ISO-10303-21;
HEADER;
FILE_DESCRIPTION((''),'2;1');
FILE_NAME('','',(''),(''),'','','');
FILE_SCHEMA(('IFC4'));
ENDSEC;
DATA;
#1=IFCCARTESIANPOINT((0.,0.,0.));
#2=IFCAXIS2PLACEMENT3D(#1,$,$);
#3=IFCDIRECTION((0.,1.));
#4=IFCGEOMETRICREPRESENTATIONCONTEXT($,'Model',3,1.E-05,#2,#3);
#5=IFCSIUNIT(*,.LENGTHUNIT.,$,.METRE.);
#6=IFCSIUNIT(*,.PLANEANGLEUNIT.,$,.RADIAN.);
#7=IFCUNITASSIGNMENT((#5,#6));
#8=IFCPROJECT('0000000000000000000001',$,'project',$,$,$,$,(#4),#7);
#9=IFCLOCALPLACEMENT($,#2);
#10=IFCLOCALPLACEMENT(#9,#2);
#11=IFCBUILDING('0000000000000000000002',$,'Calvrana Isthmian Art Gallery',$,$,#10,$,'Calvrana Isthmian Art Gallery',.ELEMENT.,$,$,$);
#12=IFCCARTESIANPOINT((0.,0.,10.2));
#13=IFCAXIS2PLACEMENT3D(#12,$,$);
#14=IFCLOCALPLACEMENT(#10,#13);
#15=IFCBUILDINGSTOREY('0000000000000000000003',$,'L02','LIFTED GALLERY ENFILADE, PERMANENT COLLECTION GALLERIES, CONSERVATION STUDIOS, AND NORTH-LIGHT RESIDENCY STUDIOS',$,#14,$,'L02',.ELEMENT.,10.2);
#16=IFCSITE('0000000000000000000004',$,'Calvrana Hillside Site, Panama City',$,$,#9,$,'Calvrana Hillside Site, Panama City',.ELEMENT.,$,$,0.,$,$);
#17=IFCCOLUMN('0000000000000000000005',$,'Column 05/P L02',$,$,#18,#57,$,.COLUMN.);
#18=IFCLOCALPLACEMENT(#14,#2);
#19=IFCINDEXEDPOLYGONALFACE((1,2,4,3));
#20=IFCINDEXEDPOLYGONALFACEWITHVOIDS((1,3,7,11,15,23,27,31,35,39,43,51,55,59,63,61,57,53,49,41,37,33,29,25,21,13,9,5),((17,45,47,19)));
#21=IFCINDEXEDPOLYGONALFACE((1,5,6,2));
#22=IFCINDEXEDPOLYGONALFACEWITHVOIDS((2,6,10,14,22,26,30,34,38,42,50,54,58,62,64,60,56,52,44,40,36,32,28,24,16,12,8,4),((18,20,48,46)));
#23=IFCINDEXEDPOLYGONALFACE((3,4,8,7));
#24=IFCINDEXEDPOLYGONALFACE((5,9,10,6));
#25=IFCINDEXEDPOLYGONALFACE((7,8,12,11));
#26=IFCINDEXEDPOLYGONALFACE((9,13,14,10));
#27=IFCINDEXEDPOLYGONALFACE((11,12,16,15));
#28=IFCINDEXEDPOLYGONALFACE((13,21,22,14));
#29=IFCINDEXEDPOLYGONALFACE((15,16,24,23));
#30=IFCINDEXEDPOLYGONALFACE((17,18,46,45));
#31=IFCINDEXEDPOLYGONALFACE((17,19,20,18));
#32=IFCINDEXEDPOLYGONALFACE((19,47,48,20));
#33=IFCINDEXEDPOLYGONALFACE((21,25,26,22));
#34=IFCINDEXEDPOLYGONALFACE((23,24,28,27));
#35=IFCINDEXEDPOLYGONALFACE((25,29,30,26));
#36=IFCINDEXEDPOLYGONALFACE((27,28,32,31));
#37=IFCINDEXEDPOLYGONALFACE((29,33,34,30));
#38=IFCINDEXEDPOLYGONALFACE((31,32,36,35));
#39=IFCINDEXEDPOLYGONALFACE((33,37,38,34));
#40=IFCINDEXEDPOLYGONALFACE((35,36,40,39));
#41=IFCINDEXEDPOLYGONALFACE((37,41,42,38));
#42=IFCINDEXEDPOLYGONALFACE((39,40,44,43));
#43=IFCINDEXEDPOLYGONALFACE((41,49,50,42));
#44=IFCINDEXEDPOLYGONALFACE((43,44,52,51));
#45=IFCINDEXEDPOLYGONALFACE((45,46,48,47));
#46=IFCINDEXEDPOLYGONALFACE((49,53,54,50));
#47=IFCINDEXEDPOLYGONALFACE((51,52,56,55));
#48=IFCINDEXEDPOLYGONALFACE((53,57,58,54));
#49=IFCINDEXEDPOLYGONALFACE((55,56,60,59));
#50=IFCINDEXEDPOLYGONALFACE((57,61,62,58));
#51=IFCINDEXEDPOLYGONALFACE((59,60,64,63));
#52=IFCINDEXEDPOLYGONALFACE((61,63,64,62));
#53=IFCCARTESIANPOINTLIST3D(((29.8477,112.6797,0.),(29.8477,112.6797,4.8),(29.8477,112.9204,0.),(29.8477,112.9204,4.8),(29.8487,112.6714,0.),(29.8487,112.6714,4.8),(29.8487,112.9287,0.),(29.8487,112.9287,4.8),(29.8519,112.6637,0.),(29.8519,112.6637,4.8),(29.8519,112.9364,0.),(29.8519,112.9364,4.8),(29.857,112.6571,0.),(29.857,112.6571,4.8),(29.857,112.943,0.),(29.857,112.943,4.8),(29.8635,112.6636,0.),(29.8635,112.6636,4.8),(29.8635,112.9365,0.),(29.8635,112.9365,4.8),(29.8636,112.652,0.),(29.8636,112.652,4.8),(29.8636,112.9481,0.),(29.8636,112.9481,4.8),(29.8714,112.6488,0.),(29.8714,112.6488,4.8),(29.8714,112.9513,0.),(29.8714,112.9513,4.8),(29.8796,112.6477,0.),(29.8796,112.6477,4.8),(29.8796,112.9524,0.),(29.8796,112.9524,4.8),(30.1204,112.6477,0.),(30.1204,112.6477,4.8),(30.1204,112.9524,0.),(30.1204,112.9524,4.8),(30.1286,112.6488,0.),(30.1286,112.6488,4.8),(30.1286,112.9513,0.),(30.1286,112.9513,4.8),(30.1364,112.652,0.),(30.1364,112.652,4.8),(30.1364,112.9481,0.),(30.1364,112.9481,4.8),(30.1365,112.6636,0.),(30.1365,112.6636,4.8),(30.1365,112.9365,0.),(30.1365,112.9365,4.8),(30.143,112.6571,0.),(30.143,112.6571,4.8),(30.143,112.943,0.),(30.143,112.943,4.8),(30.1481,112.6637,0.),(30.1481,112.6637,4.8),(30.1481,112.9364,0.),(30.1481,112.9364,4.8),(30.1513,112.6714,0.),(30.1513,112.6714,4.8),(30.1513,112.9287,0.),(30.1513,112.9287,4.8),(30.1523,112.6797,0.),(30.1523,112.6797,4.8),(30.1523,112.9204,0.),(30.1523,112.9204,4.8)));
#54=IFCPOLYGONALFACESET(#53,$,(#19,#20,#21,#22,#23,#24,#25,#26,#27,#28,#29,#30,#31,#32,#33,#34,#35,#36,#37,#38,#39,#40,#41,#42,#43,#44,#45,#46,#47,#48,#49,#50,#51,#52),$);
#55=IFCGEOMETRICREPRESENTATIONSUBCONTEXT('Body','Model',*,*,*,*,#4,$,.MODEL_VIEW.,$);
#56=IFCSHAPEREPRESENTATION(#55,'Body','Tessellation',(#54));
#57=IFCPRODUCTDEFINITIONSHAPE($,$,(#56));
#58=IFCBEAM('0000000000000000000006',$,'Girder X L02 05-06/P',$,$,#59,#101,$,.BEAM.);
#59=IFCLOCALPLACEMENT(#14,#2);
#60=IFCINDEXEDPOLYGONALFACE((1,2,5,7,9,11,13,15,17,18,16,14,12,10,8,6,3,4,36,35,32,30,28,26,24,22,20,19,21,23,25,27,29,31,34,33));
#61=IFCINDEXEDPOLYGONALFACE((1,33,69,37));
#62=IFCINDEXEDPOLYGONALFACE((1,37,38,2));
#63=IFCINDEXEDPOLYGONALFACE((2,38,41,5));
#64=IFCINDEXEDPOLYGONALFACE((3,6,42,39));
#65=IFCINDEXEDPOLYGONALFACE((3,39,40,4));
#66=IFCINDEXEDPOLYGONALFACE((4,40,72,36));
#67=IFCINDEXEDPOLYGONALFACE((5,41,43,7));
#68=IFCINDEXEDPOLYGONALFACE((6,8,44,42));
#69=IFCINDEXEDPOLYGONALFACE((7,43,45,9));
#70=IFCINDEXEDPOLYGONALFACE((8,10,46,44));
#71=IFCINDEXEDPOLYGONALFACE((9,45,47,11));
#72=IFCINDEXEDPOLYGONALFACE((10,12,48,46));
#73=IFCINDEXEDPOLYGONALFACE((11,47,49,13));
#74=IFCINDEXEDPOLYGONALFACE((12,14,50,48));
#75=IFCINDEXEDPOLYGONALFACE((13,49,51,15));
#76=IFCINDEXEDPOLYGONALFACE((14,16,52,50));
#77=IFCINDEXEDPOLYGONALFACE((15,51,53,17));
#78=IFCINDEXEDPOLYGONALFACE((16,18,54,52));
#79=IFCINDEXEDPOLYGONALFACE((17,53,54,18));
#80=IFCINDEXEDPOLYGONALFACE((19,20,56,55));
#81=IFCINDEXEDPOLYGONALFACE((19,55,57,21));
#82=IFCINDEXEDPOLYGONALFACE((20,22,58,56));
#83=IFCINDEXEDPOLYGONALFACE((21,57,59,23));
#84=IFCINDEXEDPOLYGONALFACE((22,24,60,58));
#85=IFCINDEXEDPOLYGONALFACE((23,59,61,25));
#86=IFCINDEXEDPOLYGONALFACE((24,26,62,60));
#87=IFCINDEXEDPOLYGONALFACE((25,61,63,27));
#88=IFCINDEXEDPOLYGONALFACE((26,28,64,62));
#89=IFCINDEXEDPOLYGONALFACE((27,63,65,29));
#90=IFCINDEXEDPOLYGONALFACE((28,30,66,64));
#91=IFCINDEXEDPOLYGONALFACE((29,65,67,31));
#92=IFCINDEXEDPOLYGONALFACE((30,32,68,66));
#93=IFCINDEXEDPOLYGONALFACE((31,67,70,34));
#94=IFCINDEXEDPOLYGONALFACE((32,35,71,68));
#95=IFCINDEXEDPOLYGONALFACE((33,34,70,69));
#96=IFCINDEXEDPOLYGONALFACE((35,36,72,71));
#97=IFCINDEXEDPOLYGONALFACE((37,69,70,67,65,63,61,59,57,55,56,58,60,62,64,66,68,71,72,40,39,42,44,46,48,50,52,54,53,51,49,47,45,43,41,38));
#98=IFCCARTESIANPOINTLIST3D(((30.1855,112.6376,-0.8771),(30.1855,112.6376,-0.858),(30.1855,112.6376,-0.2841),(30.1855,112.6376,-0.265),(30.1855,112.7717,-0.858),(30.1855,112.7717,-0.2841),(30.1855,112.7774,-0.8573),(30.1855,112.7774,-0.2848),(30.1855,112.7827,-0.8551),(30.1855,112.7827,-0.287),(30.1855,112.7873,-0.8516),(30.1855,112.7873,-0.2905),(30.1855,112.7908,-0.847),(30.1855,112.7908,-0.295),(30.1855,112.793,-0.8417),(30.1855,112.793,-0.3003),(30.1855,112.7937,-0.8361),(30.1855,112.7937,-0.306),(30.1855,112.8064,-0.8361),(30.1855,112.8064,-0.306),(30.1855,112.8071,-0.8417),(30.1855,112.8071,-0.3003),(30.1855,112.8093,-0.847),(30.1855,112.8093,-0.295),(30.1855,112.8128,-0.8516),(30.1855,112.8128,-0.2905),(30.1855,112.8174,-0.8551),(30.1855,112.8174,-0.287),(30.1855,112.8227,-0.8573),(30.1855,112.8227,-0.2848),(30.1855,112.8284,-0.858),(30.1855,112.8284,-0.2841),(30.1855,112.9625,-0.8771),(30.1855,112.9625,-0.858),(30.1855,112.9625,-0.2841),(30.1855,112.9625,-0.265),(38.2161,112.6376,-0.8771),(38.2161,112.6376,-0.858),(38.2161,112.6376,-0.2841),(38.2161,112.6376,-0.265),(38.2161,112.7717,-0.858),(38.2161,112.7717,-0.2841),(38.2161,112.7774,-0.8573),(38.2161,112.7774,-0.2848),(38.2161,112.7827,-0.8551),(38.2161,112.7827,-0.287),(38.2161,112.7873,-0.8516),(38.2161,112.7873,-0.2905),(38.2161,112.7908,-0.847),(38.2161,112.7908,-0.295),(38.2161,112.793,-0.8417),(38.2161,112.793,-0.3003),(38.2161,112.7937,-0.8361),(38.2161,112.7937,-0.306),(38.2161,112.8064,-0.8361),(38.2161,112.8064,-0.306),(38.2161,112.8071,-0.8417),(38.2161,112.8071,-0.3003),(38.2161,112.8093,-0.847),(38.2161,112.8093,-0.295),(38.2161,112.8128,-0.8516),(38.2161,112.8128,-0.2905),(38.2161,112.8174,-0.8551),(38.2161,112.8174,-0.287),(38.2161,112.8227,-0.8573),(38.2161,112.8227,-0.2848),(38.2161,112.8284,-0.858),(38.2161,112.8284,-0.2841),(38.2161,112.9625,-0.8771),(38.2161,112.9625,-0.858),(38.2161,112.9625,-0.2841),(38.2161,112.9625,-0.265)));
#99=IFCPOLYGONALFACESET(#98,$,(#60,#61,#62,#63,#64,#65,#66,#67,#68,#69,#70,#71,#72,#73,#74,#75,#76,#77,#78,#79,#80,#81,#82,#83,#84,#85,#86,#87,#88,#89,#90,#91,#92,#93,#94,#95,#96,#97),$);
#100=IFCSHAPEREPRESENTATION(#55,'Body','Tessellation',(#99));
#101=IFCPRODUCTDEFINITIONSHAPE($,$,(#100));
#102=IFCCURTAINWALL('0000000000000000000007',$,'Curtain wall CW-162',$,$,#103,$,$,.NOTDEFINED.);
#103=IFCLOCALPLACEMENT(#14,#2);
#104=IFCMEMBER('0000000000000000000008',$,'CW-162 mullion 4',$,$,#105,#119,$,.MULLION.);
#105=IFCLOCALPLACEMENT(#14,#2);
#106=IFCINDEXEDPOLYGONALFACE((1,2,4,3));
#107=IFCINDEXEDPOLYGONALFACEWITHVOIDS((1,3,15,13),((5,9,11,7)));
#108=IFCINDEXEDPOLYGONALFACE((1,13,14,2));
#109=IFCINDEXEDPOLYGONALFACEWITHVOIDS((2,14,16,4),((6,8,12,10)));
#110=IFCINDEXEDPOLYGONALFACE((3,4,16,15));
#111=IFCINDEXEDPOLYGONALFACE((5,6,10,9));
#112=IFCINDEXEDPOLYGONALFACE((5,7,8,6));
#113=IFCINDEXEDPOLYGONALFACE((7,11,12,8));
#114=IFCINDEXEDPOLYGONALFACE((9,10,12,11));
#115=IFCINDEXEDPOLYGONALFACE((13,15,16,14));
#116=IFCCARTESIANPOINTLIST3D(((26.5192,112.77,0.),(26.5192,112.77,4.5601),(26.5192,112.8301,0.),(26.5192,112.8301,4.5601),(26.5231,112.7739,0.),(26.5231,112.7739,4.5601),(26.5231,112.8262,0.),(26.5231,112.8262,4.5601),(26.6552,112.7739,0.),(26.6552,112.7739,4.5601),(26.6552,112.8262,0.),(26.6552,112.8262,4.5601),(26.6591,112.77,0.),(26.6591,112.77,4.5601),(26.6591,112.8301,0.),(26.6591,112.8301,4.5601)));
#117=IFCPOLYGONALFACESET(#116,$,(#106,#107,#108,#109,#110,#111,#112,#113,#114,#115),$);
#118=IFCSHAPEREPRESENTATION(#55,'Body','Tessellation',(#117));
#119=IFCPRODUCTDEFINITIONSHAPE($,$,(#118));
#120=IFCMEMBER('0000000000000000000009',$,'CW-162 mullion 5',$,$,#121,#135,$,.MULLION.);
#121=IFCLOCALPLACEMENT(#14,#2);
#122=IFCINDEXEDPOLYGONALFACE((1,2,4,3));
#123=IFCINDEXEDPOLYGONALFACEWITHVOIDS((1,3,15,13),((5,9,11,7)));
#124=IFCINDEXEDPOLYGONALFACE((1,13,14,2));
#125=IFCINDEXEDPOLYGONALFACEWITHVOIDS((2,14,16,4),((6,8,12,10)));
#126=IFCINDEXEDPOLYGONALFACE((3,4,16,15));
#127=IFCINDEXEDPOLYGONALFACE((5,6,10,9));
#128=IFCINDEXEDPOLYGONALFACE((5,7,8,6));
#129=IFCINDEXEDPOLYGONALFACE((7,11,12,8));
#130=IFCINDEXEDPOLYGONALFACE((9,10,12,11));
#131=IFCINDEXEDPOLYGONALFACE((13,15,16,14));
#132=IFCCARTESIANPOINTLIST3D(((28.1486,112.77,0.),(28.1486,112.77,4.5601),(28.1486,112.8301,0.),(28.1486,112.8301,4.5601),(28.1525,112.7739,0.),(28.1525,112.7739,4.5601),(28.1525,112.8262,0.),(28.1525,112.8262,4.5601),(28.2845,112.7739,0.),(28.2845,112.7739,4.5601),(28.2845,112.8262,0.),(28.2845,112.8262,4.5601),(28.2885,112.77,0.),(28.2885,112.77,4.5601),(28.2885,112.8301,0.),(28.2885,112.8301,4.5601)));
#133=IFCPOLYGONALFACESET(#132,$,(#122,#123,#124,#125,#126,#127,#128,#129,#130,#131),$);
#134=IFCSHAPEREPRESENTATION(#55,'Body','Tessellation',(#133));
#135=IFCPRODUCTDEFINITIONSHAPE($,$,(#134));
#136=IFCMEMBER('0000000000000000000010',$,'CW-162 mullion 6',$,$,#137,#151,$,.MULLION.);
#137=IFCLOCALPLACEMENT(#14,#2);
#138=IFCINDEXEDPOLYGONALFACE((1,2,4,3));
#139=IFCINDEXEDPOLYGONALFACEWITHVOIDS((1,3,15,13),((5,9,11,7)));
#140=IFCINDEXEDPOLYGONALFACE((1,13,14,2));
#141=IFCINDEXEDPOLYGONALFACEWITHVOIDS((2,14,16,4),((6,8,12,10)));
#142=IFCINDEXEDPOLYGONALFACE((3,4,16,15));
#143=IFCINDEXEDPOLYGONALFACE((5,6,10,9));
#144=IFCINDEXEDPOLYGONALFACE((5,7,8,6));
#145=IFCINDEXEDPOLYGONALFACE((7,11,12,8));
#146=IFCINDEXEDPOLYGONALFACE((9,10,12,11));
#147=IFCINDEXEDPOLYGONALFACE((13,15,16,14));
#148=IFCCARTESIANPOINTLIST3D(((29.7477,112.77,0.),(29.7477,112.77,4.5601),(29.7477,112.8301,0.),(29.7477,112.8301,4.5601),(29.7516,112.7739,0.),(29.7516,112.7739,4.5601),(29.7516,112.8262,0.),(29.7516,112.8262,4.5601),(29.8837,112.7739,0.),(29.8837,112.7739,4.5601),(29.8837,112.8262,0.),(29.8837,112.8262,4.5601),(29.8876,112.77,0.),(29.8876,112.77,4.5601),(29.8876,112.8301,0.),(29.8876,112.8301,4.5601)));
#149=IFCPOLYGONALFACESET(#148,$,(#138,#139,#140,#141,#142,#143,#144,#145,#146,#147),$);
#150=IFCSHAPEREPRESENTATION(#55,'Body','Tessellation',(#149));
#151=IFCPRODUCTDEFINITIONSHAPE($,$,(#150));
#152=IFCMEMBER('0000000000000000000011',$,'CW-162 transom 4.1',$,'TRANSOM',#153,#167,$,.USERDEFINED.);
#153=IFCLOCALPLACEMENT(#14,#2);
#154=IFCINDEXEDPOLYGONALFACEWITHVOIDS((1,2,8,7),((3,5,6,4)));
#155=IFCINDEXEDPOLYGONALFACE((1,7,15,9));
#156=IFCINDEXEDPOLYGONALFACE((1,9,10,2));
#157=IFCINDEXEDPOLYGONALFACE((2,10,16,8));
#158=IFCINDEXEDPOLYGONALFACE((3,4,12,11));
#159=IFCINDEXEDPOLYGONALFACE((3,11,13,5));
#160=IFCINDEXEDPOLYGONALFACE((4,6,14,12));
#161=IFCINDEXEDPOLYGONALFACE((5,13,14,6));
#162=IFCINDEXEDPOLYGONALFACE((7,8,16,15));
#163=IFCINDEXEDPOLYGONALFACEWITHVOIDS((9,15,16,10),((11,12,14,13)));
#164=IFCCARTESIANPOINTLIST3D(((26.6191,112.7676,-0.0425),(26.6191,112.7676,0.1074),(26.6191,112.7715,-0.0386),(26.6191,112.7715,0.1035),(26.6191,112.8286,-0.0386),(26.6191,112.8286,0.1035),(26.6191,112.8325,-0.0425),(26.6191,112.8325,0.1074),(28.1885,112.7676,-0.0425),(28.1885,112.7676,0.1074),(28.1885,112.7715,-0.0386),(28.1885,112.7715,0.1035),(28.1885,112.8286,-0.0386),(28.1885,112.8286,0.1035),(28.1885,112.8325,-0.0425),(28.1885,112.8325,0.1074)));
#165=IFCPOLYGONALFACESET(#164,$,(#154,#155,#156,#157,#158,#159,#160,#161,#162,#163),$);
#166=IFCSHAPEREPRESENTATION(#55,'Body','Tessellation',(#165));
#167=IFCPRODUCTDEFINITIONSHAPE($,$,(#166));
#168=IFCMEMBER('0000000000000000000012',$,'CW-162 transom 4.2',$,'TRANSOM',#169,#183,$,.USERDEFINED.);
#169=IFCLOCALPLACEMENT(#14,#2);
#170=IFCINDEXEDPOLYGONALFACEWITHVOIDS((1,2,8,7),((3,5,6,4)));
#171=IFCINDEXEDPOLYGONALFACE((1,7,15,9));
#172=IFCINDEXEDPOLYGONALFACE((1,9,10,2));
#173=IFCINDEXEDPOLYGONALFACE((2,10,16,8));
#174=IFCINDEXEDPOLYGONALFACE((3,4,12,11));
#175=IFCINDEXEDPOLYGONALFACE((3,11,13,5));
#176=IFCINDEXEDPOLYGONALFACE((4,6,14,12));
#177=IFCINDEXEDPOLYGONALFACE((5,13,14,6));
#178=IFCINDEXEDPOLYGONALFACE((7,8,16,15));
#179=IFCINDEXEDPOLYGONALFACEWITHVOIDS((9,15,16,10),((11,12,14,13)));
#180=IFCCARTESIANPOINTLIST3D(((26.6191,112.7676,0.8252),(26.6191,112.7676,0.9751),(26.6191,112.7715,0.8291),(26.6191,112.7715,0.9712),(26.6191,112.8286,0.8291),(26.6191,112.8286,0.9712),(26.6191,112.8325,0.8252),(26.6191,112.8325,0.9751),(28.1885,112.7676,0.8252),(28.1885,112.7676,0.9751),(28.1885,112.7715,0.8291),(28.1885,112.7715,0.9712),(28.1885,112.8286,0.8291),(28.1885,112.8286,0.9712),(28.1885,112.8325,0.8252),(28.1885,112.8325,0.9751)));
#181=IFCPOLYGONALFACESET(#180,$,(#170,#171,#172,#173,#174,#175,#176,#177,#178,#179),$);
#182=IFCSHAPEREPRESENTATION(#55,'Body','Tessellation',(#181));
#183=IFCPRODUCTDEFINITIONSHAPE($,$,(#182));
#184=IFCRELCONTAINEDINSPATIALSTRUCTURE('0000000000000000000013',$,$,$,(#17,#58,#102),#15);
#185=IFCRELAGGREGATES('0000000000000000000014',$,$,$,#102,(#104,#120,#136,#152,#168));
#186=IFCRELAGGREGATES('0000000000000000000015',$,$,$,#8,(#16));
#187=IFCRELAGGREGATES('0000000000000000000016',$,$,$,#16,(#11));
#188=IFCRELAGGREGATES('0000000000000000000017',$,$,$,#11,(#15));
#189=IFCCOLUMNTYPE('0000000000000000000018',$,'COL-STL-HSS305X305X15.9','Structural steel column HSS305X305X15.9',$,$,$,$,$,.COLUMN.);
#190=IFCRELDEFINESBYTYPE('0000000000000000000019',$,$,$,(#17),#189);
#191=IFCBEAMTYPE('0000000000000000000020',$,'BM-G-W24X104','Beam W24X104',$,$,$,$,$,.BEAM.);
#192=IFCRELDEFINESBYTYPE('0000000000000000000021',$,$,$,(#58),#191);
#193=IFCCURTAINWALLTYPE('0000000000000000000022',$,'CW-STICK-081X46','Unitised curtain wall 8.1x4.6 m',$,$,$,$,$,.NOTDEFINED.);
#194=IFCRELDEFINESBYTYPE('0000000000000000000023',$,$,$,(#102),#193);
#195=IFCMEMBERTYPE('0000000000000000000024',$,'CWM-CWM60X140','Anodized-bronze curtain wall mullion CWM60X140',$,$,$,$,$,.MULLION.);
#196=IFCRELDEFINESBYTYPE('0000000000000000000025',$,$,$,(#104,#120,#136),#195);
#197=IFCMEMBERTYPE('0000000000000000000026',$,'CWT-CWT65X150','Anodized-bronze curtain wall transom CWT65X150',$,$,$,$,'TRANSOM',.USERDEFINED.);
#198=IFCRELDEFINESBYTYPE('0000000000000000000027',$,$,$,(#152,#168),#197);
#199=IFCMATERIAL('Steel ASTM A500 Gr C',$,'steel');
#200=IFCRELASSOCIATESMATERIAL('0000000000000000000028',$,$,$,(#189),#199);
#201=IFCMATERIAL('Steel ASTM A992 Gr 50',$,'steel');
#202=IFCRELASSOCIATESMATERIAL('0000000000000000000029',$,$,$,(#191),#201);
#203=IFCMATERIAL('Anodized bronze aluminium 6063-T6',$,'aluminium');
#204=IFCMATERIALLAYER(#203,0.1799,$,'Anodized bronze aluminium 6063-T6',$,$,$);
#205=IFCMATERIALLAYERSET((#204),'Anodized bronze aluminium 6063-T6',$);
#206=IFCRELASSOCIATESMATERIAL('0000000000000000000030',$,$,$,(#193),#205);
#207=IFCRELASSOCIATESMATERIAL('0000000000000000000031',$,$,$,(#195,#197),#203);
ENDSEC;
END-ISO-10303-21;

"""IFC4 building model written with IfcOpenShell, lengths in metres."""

from ifc_helpers import new_model, si_unit, direction, frame, origin, origin_2d, place, context, subcontext, project, spatial, hollow_rectangle, i_section, extrude, material, layer, layer_set, material_profile, profile_set, type_object, element, aggregate, save


model = new_model("IFC4")

# Units and contexts
model_context = context("Model", 3, precision=1e-05, world=origin(), true_north=direction((0.0, 1.0)))
body_context = subcontext(model_context, "Body", "Model", "MODEL_VIEW")
ifc_project = project(units=[si_unit("LENGTHUNIT", "METRE"), si_unit("PLANEANGLEUNIT", "RADIAN")], contexts=[model_context])

# Site, building, storey
site_placement = place(None, origin())
site = spatial("IfcSite", under=ifc_project, at=site_placement, Name="Calvrana Hillside Site, Panama City", LongName="Calvrana Hillside Site, Panama City", CompositionType="ELEMENT", RefElevation=0.0)
building_placement = place(site_placement, origin())
building = spatial("IfcBuilding", under=site, at=building_placement, Name="Calvrana Isthmian Art Gallery", LongName="Calvrana Isthmian Art Gallery", CompositionType="ELEMENT")
storey_placement = place(building_placement, frame((0.0, 0.0, 10.2)))
storey = spatial("IfcBuildingStorey", under=building, at=storey_placement, Name="L02", Description="LIFTED GALLERY ENFILADE, PERMANENT COLLECTION GALLERIES, CONSERVATION STUDIOS, AND NORTH-LIGHT RESIDENCY STUDIOS", LongName="L02", CompositionType="ELEMENT", Elevation=10.2)

# Column
ifc_material_1 = material(Name="Steel ASTM A500 Gr C", Category="steel")
ifc_material_profile_1 = material_profile(ifc_material_1, hollow_rectangle(XDim=0.3047, YDim=0.3047, WallThickness=0.0159, OuterFilletRadius=0.032, at=origin_2d()), Name="HSS305X305X15.9")
ifc_profile_set_1 = profile_set([ifc_material_profile_1], Name="Steel ASTM A500 Gr C")
column_type = type_object("IfcColumnType", Name="COL-STL-HSS305X305X15.9", Description="Structural steel column HSS305X305X15.9", PredefinedType="COLUMN", material=ifc_profile_set_1)
column_placement = place(storey_placement, frame((30.0, 112.8, 0.0), z_axis=(0.0, 0.0, 1.0), x_axis=(1.0, 0.0, 0.0)))
element("IfcColumn", 1, at=column_placement, inside=storey, type_object=column_type, Name="Column 05/P L02", PredefinedType="COLUMN", context=body_context, shape_type="SweptSolid", body=[
    extrude(hollow_rectangle(XDim=0.3047, YDim=0.3047, WallThickness=0.0159, OuterFilletRadius=0.032, at=origin_2d()), origin(), (0.0, 0.0, 1.0), 4.8),
])

# Beam
ifc_material_2 = material(Name="Steel ASTM A992 Gr 50", Category="steel")
ifc_material_profile_2 = material_profile(ifc_material_2, i_section(OverallWidth=0.325, OverallDepth=0.6121, WebThickness=0.0127, FlangeThickness=0.019, FilletRadius=0.022, at=origin_2d()), Name="W24X104")
ifc_profile_set_2 = profile_set([ifc_material_profile_2], Name="Steel ASTM A992 Gr 50")
beam_type = type_object("IfcBeamType", Name="BM-G-W24X104", Description="Beam W24X104", PredefinedType="BEAM", material=ifc_profile_set_2)
beam_placement = place(storey_placement, frame((30.1855, 112.8, -0.571), z_axis=(1.0, 0.0, 0.0), x_axis=(0.0, 1.0, 0.0)))
element("IfcBeam", 2, at=beam_placement, inside=storey, type_object=beam_type, Name="Girder X L02 05-06/P", PredefinedType="BEAM", context=body_context, shape_type="SweptSolid", body=[
    extrude(i_section(OverallWidth=0.325, OverallDepth=0.6121, WebThickness=0.0127, FlangeThickness=0.019, FilletRadius=0.022, at=origin_2d()), origin(), (0.0, 0.0, 1.0), 8.0305),
])

# Curtain wall, members
ifc_material_3 = material(Name="Anodized bronze aluminium 6063-T6", Category="aluminium")
ifc_layer_1 = layer(ifc_material_3, 0.1799, Name="Anodized bronze aluminium 6063-T6")
ifc_layer_set_1 = layer_set([ifc_layer_1], Name="Anodized bronze aluminium 6063-T6")
curtain_wall_type = type_object("IfcCurtainWallType", Name="CW-STICK-081X46", Description="Unitised curtain wall 8.1x4.6 m", PredefinedType="NOTDEFINED", material=ifc_layer_set_1)
curtain_wall_placement = place(storey_placement, origin())
curtain_wall = element("IfcCurtainWall", 3, at=curtain_wall_placement, inside=storey, type_object=curtain_wall_type, Name="Curtain wall CW-162", PredefinedType="NOTDEFINED")
ifc_material_profile_3 = material_profile(ifc_material_3, hollow_rectangle(XDim=0.0601, YDim=0.1399, WallThickness=0.0039, at=origin_2d()), Name="CWM60X140")
ifc_profile_set_3 = profile_set([ifc_material_profile_3], Name="Anodized bronze aluminium 6063-T6")
member_type_1 = type_object("IfcMemberType", Name="CWM-CWM60X140", Description="Anodized-bronze curtain wall mullion CWM60X140", PredefinedType="MULLION", material=ifc_profile_set_3)
member_1_placement = place(storey_placement, frame((26.5891, 112.8, 0.0), z_axis=(0.0, 0.0, 1.0), x_axis=(0.0, 1.0, 0.0)))
member_1 = element("IfcMember", 4, at=member_1_placement, type_object=member_type_1, Name="CW-162 mullion 4", PredefinedType="MULLION", context=body_context, shape_type="SweptSolid", body=[
    extrude(hollow_rectangle(XDim=0.0601, YDim=0.1399, WallThickness=0.0039, at=origin_2d()), origin(), (0.0, 0.0, 1.0), 4.5601),
])
member_2_placement = place(storey_placement, frame((28.2185, 112.8, 0.0), z_axis=(0.0, 0.0, 1.0), x_axis=(0.0, 1.0, 0.0)))
member_2 = element("IfcMember", 5, at=member_2_placement, type_object=member_type_1, Name="CW-162 mullion 5", PredefinedType="MULLION", context=body_context, shape_type="SweptSolid", body=[
    extrude(hollow_rectangle(XDim=0.0601, YDim=0.1399, WallThickness=0.0039, at=origin_2d()), origin(), (0.0, 0.0, 1.0), 4.5601),
])
member_3_placement = place(storey_placement, frame((29.8176, 112.8, 0.0), z_axis=(0.0, 0.0, 1.0), x_axis=(0.0, 1.0, 0.0)))
member_3 = element("IfcMember", 6, at=member_3_placement, type_object=member_type_1, Name="CW-162 mullion 6", PredefinedType="MULLION", context=body_context, shape_type="SweptSolid", body=[
    extrude(hollow_rectangle(XDim=0.0601, YDim=0.1399, WallThickness=0.0039, at=origin_2d()), origin(), (0.0, 0.0, 1.0), 4.5601),
])
ifc_material_profile_4 = material_profile(ifc_material_3, hollow_rectangle(XDim=0.0649, YDim=0.1499, WallThickness=0.0039, at=origin_2d()), Name="CWT65X150")
ifc_profile_set_4 = profile_set([ifc_material_profile_4], Name="Anodized bronze aluminium 6063-T6")
member_type_2 = type_object("IfcMemberType", Name="CWT-CWT65X150", Description="Anodized-bronze curtain wall transom CWT65X150", ElementType="TRANSOM", PredefinedType="USERDEFINED", material=ifc_profile_set_4)
member_4_placement = place(storey_placement, frame((26.6191, 112.8, 0.0325), z_axis=(1.0, 0.0, 0.0), x_axis=(0.0, 1.0, 0.0)))
member_4 = element("IfcMember", 7, at=member_4_placement, type_object=member_type_2, Name="CW-162 transom 4.1", ObjectType="TRANSOM", PredefinedType="USERDEFINED", context=body_context, shape_type="SweptSolid", body=[
    extrude(hollow_rectangle(XDim=0.0649, YDim=0.1499, WallThickness=0.0039, at=origin_2d()), origin(), (0.0, 0.0, 1.0), 1.5693),
])
member_5_placement = place(storey_placement, frame((26.6191, 112.8, 0.9001), z_axis=(1.0, 0.0, 0.0), x_axis=(0.0, 1.0, 0.0)))
member_5 = element("IfcMember", 8, at=member_5_placement, type_object=member_type_2, Name="CW-162 transom 4.2", ObjectType="TRANSOM", PredefinedType="USERDEFINED", context=body_context, shape_type="SweptSolid", body=[
    extrude(hollow_rectangle(XDim=0.0649, YDim=0.1499, WallThickness=0.0039, at=origin_2d()), origin(), (0.0, 0.0, 1.0), 1.5693),
])
aggregate(curtain_wall, [member_1, member_2, member_3, member_4, member_5])

save(model, "model.ifc")
